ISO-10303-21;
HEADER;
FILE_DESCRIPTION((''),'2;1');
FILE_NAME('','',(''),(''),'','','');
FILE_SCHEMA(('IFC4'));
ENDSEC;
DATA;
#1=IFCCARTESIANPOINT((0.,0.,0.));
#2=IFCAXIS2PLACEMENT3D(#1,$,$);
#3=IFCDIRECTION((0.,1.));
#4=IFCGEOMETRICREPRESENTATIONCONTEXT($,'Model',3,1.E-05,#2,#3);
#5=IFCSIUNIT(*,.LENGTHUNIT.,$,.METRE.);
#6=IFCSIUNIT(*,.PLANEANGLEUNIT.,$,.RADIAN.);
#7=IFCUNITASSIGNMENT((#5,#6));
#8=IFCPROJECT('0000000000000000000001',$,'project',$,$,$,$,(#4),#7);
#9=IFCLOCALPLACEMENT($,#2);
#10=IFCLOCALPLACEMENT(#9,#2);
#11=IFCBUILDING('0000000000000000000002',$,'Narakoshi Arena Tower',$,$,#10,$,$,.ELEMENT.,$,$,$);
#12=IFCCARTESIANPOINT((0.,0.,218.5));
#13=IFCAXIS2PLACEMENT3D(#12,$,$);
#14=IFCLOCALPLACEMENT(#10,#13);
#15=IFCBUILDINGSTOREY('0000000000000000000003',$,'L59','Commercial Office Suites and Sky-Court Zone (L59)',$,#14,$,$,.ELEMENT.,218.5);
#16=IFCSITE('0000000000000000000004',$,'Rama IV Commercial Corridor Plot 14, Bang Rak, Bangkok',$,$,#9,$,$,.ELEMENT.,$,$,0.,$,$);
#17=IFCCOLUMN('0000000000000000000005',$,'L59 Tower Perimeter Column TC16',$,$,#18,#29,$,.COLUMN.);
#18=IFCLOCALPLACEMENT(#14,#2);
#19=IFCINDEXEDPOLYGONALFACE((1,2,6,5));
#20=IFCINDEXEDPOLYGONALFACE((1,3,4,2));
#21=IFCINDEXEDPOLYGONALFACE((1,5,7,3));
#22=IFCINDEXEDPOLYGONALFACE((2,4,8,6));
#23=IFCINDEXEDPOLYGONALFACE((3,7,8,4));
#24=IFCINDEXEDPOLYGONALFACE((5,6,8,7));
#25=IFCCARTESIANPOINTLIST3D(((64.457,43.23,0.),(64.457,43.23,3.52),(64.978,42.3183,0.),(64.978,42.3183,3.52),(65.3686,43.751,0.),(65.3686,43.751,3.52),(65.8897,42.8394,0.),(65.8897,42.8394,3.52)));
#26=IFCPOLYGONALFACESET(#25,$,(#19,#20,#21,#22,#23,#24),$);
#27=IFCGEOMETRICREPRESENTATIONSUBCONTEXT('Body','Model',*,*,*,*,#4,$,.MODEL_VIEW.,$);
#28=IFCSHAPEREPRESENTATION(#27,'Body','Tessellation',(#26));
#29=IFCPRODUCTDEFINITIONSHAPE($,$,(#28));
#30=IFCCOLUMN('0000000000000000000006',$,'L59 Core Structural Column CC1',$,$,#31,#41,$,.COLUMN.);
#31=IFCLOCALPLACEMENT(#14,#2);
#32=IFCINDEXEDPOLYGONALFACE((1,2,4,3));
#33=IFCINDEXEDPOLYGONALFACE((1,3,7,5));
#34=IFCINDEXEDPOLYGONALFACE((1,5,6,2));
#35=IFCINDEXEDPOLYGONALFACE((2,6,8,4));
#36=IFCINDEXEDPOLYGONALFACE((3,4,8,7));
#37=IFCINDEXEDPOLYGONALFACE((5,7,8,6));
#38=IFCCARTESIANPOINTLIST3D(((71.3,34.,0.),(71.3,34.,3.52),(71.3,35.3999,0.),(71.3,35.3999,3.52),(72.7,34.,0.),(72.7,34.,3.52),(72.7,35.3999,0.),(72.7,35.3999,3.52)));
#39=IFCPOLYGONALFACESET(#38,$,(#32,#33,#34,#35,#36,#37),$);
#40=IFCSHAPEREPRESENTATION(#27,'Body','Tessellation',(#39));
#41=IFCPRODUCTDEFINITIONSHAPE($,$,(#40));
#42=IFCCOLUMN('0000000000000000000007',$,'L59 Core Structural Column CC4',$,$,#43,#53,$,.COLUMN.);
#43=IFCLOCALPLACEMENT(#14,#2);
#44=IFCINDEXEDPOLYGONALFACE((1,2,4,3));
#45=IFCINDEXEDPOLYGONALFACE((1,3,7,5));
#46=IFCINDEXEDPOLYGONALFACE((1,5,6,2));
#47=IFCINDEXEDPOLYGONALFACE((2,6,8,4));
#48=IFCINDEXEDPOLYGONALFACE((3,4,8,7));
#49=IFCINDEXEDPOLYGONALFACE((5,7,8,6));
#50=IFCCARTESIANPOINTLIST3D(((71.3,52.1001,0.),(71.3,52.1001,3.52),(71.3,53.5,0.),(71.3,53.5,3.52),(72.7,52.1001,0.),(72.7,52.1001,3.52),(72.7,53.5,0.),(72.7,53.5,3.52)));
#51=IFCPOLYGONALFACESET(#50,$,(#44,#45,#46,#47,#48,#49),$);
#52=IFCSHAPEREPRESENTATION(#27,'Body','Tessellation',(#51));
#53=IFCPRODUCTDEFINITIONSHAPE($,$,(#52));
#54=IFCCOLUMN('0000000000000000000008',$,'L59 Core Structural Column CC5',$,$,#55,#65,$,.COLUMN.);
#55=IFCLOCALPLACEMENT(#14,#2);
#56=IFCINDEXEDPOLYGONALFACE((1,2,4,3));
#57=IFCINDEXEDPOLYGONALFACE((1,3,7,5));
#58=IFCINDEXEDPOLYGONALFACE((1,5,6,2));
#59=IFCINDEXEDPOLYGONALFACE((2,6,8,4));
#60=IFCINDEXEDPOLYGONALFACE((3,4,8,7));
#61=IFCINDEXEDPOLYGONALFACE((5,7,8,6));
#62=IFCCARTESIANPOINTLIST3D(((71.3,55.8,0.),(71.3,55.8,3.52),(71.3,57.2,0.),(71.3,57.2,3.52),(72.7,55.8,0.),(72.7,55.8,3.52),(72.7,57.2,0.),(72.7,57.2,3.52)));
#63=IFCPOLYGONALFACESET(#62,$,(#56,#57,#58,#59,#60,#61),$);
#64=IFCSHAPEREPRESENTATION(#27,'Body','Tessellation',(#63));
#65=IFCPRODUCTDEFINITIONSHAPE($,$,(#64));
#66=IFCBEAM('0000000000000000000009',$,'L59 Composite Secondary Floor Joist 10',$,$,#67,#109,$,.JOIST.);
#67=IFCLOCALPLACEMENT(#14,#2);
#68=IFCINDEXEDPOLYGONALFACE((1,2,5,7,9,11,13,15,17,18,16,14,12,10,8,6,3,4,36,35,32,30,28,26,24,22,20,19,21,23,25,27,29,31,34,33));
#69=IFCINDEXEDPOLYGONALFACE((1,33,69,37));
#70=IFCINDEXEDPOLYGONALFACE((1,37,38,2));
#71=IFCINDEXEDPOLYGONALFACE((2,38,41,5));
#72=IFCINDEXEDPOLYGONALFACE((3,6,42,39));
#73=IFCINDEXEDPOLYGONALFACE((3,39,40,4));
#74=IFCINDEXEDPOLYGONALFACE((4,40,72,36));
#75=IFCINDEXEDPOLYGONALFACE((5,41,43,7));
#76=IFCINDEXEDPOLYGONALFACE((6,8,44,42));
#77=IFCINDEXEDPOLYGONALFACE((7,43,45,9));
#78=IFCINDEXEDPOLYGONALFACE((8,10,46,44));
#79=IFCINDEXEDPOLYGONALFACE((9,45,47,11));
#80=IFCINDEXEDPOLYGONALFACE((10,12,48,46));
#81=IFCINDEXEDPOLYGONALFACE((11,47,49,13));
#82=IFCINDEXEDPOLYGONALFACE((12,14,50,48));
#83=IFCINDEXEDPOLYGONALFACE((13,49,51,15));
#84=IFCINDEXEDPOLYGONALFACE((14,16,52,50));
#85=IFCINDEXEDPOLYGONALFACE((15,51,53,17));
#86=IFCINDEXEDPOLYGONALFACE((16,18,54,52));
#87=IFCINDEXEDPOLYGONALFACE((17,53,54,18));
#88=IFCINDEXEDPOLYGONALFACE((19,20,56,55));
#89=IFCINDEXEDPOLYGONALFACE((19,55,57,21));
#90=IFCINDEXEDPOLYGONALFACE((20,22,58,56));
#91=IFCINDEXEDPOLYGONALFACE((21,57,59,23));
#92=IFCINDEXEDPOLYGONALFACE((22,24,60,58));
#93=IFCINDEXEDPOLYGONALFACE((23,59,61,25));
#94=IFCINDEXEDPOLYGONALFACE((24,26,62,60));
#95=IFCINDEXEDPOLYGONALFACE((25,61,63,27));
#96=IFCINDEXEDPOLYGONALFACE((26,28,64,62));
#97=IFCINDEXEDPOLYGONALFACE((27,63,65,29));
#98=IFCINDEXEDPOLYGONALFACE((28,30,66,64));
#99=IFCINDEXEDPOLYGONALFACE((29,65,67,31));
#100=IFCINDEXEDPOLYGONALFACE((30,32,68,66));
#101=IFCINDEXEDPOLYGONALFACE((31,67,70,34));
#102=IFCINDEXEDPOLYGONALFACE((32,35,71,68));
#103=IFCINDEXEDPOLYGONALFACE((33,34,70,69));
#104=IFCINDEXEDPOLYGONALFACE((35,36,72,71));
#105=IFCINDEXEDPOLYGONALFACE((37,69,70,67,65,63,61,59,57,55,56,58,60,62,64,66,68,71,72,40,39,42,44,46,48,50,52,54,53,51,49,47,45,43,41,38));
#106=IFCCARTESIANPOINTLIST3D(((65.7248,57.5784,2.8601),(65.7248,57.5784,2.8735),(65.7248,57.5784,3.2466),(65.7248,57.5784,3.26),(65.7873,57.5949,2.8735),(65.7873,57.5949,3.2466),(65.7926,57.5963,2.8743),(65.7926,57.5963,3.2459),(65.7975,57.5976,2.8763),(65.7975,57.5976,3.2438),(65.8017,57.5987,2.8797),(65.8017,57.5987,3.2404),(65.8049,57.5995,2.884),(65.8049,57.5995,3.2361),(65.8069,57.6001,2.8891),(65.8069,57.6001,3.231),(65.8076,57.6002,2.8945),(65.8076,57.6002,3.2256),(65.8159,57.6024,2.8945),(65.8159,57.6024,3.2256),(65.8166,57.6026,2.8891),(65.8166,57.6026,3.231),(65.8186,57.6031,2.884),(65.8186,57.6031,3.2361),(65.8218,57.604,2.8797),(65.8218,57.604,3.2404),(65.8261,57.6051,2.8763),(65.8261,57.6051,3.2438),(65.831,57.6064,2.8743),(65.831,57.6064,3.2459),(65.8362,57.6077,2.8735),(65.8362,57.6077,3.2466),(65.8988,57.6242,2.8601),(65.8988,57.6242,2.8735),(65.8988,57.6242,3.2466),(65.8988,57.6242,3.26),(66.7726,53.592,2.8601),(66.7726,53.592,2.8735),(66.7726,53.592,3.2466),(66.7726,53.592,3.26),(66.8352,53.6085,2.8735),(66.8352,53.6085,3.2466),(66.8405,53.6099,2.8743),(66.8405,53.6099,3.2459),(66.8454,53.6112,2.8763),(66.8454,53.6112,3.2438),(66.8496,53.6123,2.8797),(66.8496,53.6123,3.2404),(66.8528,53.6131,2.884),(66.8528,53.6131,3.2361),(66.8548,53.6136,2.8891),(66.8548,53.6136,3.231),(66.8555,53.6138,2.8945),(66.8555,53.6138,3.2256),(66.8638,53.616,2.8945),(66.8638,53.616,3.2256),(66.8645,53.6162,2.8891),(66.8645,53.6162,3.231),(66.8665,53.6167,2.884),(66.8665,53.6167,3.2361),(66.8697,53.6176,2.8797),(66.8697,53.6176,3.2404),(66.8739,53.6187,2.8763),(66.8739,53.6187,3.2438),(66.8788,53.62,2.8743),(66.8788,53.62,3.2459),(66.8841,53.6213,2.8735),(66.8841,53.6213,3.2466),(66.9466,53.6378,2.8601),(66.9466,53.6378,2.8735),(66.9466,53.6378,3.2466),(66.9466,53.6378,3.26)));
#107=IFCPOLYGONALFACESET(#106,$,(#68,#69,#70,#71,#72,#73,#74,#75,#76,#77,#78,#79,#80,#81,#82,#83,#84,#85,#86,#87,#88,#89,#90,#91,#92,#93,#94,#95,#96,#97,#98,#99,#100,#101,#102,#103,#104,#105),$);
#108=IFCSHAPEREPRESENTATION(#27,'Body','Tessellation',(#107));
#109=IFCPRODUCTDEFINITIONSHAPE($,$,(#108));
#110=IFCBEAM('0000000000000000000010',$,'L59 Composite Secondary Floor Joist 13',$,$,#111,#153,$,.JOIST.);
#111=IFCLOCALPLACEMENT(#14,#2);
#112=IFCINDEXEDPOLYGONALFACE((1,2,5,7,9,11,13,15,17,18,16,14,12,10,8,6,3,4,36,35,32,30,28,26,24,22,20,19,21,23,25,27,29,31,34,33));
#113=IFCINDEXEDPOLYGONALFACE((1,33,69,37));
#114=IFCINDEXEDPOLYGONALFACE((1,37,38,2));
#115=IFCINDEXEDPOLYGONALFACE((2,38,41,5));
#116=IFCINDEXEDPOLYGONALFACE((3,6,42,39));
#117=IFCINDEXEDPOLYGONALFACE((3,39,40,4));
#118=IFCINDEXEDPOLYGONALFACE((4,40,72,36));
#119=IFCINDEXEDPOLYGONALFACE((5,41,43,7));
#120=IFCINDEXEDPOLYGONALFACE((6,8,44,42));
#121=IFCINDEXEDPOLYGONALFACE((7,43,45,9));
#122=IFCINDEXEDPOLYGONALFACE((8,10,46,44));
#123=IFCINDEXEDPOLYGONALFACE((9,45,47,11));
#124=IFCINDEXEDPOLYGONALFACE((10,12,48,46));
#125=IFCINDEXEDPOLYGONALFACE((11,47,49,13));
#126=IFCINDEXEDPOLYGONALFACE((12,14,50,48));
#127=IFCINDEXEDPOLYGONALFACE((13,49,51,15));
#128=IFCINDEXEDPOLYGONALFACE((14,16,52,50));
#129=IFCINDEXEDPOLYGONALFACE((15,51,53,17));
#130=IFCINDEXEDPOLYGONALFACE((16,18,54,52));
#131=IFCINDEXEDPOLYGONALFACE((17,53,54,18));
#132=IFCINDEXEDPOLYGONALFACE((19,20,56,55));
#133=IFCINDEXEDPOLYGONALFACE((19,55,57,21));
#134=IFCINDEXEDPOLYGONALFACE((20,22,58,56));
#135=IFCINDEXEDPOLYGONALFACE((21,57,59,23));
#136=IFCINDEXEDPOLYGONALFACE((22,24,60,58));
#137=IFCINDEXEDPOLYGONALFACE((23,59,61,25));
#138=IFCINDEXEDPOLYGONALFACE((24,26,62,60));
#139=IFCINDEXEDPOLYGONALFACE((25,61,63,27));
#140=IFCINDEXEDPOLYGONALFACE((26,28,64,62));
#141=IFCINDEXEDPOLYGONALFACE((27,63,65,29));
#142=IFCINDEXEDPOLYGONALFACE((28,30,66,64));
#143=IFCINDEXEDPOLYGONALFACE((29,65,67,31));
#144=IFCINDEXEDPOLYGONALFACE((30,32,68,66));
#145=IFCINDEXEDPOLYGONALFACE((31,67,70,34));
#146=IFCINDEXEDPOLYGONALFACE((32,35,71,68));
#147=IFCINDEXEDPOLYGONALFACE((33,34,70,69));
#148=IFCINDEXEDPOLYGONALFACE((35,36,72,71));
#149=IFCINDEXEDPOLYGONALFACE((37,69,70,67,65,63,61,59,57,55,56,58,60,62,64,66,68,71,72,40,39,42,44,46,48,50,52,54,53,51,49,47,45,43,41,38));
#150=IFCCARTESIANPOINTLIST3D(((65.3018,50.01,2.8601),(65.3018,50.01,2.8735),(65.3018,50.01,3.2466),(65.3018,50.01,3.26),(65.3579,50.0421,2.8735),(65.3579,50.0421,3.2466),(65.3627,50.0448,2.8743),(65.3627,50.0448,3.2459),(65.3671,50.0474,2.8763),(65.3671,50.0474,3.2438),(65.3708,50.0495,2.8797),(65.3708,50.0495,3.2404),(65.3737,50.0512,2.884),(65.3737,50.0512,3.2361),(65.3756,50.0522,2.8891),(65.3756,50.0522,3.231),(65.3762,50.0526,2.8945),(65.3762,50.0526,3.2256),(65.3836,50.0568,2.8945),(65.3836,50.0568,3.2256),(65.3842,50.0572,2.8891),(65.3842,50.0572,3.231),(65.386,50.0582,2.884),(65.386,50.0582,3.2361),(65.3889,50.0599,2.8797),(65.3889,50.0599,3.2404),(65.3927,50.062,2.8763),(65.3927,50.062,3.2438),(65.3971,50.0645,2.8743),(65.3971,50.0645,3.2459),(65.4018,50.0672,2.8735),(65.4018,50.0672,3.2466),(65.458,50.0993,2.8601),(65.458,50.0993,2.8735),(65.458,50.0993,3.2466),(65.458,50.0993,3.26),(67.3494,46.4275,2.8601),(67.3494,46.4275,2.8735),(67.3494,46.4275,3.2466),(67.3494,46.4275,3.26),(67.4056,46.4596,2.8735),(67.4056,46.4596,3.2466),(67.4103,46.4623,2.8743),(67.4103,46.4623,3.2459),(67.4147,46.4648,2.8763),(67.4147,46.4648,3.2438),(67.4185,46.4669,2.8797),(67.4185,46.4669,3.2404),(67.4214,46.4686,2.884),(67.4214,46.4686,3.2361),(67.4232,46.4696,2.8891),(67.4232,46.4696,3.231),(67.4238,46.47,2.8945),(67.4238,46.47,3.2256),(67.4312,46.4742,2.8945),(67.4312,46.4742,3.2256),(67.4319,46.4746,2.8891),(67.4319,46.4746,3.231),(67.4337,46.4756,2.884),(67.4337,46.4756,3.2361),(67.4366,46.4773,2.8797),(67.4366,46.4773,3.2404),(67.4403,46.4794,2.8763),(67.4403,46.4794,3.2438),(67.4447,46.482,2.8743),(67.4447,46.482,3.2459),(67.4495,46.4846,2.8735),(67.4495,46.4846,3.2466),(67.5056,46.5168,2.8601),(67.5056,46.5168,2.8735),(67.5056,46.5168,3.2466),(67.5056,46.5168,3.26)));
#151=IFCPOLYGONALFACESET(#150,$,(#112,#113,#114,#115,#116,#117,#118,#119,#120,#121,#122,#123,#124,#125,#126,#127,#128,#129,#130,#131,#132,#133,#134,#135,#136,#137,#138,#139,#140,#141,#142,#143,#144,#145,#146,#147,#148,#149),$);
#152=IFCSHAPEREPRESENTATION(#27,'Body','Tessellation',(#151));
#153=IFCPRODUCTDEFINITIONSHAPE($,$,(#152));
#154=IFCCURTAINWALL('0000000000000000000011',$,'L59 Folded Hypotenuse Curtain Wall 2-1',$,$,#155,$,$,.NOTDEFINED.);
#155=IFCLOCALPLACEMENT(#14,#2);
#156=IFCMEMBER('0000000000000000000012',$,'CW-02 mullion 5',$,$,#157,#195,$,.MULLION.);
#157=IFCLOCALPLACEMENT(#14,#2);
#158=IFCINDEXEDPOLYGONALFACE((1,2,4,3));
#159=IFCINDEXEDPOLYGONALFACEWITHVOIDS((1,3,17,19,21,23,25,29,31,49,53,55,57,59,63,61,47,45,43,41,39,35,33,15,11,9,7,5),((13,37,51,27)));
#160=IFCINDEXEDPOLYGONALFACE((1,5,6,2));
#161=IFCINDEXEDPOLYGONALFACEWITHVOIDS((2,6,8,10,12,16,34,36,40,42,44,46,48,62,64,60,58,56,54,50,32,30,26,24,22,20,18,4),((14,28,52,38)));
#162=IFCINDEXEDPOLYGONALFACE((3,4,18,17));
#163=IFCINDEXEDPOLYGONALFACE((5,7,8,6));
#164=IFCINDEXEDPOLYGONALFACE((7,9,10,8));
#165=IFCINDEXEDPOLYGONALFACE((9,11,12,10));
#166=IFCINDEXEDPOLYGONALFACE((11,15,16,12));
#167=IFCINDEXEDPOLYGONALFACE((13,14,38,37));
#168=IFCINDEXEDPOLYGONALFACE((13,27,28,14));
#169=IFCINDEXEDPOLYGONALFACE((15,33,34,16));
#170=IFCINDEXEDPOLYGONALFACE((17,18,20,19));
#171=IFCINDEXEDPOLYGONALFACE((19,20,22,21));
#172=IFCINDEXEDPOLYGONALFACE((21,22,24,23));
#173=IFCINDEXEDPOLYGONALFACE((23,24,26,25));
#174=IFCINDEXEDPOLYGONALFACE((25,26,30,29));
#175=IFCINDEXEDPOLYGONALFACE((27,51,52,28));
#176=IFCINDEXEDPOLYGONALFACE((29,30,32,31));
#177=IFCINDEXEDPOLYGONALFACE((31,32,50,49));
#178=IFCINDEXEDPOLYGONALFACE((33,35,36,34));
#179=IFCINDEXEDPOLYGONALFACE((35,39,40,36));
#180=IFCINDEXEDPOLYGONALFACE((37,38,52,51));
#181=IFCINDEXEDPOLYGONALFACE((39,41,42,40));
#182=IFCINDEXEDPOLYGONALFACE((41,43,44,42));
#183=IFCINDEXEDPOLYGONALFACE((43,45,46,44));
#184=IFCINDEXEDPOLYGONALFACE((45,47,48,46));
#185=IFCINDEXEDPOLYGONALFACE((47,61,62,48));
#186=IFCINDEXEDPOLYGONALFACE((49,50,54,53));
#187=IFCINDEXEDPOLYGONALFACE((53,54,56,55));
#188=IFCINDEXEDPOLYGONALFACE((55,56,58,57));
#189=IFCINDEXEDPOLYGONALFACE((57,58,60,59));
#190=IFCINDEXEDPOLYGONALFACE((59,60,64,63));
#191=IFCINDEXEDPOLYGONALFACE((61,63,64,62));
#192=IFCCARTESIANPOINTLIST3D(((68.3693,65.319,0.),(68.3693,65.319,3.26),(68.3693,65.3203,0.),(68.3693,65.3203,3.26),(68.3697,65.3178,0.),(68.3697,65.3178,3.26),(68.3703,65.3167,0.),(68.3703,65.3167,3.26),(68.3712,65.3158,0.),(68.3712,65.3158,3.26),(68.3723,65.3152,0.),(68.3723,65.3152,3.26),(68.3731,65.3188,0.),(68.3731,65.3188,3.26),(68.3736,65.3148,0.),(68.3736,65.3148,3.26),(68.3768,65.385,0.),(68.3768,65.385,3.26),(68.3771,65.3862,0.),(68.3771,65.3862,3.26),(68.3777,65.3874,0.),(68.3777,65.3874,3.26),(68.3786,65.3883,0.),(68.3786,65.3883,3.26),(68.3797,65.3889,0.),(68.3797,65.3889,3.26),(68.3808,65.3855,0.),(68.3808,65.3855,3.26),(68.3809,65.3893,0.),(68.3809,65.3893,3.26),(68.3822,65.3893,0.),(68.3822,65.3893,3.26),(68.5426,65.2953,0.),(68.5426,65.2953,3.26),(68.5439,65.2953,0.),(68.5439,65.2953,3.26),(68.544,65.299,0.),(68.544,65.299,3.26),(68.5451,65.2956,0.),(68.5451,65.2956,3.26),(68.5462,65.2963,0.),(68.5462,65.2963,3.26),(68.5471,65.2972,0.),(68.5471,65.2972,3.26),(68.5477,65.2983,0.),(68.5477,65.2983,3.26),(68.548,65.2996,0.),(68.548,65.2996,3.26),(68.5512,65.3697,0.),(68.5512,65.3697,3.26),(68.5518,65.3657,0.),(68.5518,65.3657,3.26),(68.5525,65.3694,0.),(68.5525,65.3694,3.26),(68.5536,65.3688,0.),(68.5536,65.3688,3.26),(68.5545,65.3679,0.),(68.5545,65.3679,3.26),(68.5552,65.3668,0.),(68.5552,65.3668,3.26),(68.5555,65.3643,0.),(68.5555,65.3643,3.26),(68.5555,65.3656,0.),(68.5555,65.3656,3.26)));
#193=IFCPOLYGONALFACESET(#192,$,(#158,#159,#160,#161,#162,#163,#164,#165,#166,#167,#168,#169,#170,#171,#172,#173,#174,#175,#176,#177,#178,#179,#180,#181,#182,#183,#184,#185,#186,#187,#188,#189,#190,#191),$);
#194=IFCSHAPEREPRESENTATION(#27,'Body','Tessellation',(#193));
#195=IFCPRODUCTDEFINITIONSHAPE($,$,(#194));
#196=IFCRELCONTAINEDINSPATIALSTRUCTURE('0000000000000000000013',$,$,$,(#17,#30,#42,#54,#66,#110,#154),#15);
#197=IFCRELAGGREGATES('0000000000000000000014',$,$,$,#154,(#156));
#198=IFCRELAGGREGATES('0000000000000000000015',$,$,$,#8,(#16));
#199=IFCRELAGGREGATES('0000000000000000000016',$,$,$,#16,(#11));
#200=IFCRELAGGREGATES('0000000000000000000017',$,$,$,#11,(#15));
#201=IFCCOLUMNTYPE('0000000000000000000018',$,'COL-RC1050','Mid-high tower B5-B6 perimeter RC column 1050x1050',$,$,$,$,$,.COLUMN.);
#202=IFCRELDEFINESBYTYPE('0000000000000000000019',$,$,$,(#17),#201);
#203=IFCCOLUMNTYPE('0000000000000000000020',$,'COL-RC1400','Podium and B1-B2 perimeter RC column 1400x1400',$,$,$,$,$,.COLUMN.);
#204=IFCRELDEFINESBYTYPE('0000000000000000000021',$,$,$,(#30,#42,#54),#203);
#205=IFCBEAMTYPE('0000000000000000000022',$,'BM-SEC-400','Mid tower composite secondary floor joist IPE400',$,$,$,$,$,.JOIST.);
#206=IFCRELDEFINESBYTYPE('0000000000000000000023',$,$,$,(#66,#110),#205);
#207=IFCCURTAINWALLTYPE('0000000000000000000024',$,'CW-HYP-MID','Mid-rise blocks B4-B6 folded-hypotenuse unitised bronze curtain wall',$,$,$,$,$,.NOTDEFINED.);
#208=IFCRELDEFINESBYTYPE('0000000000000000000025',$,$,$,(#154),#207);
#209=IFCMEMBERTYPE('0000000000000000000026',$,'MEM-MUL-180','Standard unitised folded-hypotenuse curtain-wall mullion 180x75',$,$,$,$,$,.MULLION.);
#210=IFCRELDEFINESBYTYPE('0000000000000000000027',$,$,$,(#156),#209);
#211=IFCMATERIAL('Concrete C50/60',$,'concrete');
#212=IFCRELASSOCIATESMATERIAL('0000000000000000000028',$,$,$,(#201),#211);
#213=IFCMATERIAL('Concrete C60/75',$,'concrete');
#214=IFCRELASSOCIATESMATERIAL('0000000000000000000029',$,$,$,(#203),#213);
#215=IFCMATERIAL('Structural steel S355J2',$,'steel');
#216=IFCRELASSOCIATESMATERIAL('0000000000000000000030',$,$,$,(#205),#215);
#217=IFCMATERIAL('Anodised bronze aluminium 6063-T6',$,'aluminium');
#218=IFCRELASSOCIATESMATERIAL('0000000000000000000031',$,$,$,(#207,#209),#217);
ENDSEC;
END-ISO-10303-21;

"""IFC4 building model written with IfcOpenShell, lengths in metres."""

from ifc_helpers import new_model, si_unit, direction, frame, origin, origin_2d, place, context, subcontext, project, spatial, rectangle, hollow_rectangle, i_section, extrude, material, material_profile, profile_set, type_object, element, aggregate, save


model = new_model("IFC4")

# Units and contexts
model_context = context("Model", 3, precision=1e-05, world=origin(), true_north=direction((0.0, 1.0)))
body_context = subcontext(model_context, "Body", "Model", "MODEL_VIEW")
ifc_project = project(units=[si_unit("LENGTHUNIT", "METRE"), si_unit("PLANEANGLEUNIT", "RADIAN")], contexts=[model_context])

# Site, building, storey
site_placement = place(None, origin())
site = spatial("IfcSite", under=ifc_project, at=site_placement, Name="Rama IV Commercial Corridor Plot 14, Bang Rak, Bangkok", CompositionType="ELEMENT", RefElevation=0.0)
building_placement = place(site_placement, origin())
building = spatial("IfcBuilding", under=site, at=building_placement, Name="Narakoshi Arena Tower", CompositionType="ELEMENT")
storey_placement = place(building_placement, frame((0.0, 0.0, 218.5)))
storey = spatial("IfcBuildingStorey", under=building, at=storey_placement, Name="L59", Description="Commercial Office Suites and Sky-Court Zone (L59)", CompositionType="ELEMENT", Elevation=218.5)

# Columns
ifc_material_1 = material(Name="Concrete C50/60", Category="concrete")
ifc_material_profile_1 = material_profile(ifc_material_1, rectangle(XDim=1.05, YDim=1.05, at=origin_2d()), Name="RC1050x1050")
ifc_profile_set_1 = profile_set([ifc_material_profile_1], Name="Concrete C50/60")
column_type_1 = type_object("IfcColumnType", Name="COL-RC1050", Description="Mid-high tower B5-B6 perimeter RC column 1050x1050", PredefinedType="COLUMN", material=ifc_profile_set_1)
column_placement = place(storey_placement, frame((65.1733, 43.0347, 0.0), z_axis=(0.0, 0.0, 1.0), x_axis=(-0.496217, 0.868199, 0.0)))
element("IfcColumn", 1, at=column_placement, inside=storey, type_object=column_type_1, Name="L59 Tower Perimeter Column TC16", PredefinedType="COLUMN", context=body_context, shape_type="SweptSolid", body=[
    extrude(rectangle(XDim=1.05, YDim=1.05, at=origin_2d()), origin(), (0.0, 0.0, 1.0), 3.52),
])
ifc_material_2 = material(Name="Concrete C60/75", Category="concrete")
ifc_material_profile_2 = material_profile(ifc_material_2, rectangle(XDim=1.3999, YDim=1.3999, at=origin_2d()), Name="RC1400x1400")
ifc_profile_set_2 = profile_set([ifc_material_profile_2], Name="Concrete C60/75")
column_type_2 = type_object("IfcColumnType", Name="COL-RC1400", Description="Podium and B1-B2 perimeter RC column 1400x1400", PredefinedType="COLUMN", material=ifc_profile_set_2)
for number, where, z_axis, x_axis, name in (
    (2, (72.0, 34.7, 0.0), (0.0, 0.0, 1.0), (1.0, 0.0, 0.0), "L59 Core Structural Column CC1"),
    (3, (72.0, 52.8, 0.0), (0.0, 0.0, 1.0), (1.0, 0.0, 0.0), "L59 Core Structural Column CC4"),
    (4, (72.0, 56.5, 0.0), (0.0, 0.0, 1.0), (1.0, 0.0, 0.0), "L59 Core Structural Column CC5"),
):
    element("IfcColumn", number, at=place(storey_placement, frame(where, z_axis=z_axis, x_axis=x_axis)), inside=storey, type_object=column_type_2, Name=name, PredefinedType="COLUMN", context=body_context, shape_type="SweptSolid", body=[
        extrude(rectangle(XDim=1.3999, YDim=1.3999, at=origin_2d()), origin(), (0.0, 0.0, 1.0), 3.52),
    ])

# Beams
ifc_material_3 = material(Name="Structural steel S355J2", Category="steel")
ifc_material_profile_3 = material_profile(ifc_material_3, i_section(OverallWidth=0.1799, OverallDepth=0.3999, WebThickness=0.0085, FlangeThickness=0.0134, FilletRadius=0.021, at=origin_2d()), Name="IPE400")
ifc_profile_set_3 = profile_set([ifc_material_profile_3], Name="Structural steel S355J2")
beam_type = type_object("IfcBeamType", Name="BM-SEC-400", Description="Mid tower composite secondary floor joist IPE400", PredefinedType="JOIST", material=ifc_profile_set_3)
beam_1_placement = place(storey_placement, frame((65.8118, 57.6013, 3.0601), z_axis=(0.254225, -0.967145, 0.0), x_axis=(0.967145, 0.254225, 0.0)))
element("IfcBeam", 5, at=beam_1_placement, inside=storey, type_object=beam_type, Name="L59 Composite Secondary Floor Joist 10", PredefinedType="JOIST", context=body_context, shape_type="SweptSolid", body=[
    extrude(i_section(OverallWidth=0.1799, OverallDepth=0.3999, WebThickness=0.0085, FlangeThickness=0.0134, FilletRadius=0.021, at=origin_2d()), origin(), (0.0, 0.0, 1.0), 4.1218),
])
beam_2_placement = place(storey_placement, frame((65.3799, 50.0547, 3.0601), z_axis=(0.496222, -0.868196, 0.0), x_axis=(0.868196, 0.496222, 0.0)))
element("IfcBeam", 6, at=beam_2_placement, inside=storey, type_object=beam_type, Name="L59 Composite Secondary Floor Joist 13", PredefinedType="JOIST", context=body_context, shape_type="SweptSolid", body=[
    extrude(i_section(OverallWidth=0.1799, OverallDepth=0.3999, WebThickness=0.0085, FlangeThickness=0.0134, FilletRadius=0.021, at=origin_2d()), origin(), (0.0, 0.0, 1.0), 4.1265),
])

# Curtain wall, member
ifc_material_4 = material(Name="Anodised bronze aluminium 6063-T6", Category="aluminium")
curtain_wall_type = type_object("IfcCurtainWallType", Name="CW-HYP-MID", Description="Mid-rise blocks B4-B6 folded-hypotenuse unitised bronze curtain wall", PredefinedType="NOTDEFINED", material=ifc_material_4)
curtain_wall_placement = place(storey_placement, origin())
curtain_wall = element("IfcCurtainWall", 7, at=curtain_wall_placement, inside=storey, type_object=curtain_wall_type, Name="L59 Folded Hypotenuse Curtain Wall 2-1", PredefinedType="NOTDEFINED")
ifc_material_profile_4 = material_profile(ifc_material_4, hollow_rectangle(XDim=0.075, YDim=0.1799, WallThickness=0.0039, OuterFilletRadius=0.0049, at=origin_2d()), Name="MUL180x75x4")
ifc_profile_set_4 = profile_set([ifc_material_profile_4], Name="Anodised bronze aluminium 6063-T6")
member_type_1 = type_object("IfcMemberType", Name="MEM-MUL-180", Description="Standard unitised folded-hypotenuse curtain-wall mullion 180x75", PredefinedType="MULLION", material=ifc_profile_set_4)
member_1_placement = place(storey_placement, frame((68.4624, 65.3423, 0.0), z_axis=(0.0, 0.0, 1.0), x_axis=(-0.115011, -0.993364, 0.0)))
member_1 = element("IfcMember", 8, at=member_1_placement, type_object=member_type_1, Name="CW-02 mullion 5", PredefinedType="MULLION", context=body_context, shape_type="SweptSolid", body=[
    extrude(hollow_rectangle(XDim=0.075, YDim=0.1799, WallThickness=0.0039, OuterFilletRadius=0.0049, at=origin_2d()), origin(), (0.0, 0.0, 1.0), 3.26),
])
aggregate(curtain_wall, [member_1])

save(model, "model.ifc")
